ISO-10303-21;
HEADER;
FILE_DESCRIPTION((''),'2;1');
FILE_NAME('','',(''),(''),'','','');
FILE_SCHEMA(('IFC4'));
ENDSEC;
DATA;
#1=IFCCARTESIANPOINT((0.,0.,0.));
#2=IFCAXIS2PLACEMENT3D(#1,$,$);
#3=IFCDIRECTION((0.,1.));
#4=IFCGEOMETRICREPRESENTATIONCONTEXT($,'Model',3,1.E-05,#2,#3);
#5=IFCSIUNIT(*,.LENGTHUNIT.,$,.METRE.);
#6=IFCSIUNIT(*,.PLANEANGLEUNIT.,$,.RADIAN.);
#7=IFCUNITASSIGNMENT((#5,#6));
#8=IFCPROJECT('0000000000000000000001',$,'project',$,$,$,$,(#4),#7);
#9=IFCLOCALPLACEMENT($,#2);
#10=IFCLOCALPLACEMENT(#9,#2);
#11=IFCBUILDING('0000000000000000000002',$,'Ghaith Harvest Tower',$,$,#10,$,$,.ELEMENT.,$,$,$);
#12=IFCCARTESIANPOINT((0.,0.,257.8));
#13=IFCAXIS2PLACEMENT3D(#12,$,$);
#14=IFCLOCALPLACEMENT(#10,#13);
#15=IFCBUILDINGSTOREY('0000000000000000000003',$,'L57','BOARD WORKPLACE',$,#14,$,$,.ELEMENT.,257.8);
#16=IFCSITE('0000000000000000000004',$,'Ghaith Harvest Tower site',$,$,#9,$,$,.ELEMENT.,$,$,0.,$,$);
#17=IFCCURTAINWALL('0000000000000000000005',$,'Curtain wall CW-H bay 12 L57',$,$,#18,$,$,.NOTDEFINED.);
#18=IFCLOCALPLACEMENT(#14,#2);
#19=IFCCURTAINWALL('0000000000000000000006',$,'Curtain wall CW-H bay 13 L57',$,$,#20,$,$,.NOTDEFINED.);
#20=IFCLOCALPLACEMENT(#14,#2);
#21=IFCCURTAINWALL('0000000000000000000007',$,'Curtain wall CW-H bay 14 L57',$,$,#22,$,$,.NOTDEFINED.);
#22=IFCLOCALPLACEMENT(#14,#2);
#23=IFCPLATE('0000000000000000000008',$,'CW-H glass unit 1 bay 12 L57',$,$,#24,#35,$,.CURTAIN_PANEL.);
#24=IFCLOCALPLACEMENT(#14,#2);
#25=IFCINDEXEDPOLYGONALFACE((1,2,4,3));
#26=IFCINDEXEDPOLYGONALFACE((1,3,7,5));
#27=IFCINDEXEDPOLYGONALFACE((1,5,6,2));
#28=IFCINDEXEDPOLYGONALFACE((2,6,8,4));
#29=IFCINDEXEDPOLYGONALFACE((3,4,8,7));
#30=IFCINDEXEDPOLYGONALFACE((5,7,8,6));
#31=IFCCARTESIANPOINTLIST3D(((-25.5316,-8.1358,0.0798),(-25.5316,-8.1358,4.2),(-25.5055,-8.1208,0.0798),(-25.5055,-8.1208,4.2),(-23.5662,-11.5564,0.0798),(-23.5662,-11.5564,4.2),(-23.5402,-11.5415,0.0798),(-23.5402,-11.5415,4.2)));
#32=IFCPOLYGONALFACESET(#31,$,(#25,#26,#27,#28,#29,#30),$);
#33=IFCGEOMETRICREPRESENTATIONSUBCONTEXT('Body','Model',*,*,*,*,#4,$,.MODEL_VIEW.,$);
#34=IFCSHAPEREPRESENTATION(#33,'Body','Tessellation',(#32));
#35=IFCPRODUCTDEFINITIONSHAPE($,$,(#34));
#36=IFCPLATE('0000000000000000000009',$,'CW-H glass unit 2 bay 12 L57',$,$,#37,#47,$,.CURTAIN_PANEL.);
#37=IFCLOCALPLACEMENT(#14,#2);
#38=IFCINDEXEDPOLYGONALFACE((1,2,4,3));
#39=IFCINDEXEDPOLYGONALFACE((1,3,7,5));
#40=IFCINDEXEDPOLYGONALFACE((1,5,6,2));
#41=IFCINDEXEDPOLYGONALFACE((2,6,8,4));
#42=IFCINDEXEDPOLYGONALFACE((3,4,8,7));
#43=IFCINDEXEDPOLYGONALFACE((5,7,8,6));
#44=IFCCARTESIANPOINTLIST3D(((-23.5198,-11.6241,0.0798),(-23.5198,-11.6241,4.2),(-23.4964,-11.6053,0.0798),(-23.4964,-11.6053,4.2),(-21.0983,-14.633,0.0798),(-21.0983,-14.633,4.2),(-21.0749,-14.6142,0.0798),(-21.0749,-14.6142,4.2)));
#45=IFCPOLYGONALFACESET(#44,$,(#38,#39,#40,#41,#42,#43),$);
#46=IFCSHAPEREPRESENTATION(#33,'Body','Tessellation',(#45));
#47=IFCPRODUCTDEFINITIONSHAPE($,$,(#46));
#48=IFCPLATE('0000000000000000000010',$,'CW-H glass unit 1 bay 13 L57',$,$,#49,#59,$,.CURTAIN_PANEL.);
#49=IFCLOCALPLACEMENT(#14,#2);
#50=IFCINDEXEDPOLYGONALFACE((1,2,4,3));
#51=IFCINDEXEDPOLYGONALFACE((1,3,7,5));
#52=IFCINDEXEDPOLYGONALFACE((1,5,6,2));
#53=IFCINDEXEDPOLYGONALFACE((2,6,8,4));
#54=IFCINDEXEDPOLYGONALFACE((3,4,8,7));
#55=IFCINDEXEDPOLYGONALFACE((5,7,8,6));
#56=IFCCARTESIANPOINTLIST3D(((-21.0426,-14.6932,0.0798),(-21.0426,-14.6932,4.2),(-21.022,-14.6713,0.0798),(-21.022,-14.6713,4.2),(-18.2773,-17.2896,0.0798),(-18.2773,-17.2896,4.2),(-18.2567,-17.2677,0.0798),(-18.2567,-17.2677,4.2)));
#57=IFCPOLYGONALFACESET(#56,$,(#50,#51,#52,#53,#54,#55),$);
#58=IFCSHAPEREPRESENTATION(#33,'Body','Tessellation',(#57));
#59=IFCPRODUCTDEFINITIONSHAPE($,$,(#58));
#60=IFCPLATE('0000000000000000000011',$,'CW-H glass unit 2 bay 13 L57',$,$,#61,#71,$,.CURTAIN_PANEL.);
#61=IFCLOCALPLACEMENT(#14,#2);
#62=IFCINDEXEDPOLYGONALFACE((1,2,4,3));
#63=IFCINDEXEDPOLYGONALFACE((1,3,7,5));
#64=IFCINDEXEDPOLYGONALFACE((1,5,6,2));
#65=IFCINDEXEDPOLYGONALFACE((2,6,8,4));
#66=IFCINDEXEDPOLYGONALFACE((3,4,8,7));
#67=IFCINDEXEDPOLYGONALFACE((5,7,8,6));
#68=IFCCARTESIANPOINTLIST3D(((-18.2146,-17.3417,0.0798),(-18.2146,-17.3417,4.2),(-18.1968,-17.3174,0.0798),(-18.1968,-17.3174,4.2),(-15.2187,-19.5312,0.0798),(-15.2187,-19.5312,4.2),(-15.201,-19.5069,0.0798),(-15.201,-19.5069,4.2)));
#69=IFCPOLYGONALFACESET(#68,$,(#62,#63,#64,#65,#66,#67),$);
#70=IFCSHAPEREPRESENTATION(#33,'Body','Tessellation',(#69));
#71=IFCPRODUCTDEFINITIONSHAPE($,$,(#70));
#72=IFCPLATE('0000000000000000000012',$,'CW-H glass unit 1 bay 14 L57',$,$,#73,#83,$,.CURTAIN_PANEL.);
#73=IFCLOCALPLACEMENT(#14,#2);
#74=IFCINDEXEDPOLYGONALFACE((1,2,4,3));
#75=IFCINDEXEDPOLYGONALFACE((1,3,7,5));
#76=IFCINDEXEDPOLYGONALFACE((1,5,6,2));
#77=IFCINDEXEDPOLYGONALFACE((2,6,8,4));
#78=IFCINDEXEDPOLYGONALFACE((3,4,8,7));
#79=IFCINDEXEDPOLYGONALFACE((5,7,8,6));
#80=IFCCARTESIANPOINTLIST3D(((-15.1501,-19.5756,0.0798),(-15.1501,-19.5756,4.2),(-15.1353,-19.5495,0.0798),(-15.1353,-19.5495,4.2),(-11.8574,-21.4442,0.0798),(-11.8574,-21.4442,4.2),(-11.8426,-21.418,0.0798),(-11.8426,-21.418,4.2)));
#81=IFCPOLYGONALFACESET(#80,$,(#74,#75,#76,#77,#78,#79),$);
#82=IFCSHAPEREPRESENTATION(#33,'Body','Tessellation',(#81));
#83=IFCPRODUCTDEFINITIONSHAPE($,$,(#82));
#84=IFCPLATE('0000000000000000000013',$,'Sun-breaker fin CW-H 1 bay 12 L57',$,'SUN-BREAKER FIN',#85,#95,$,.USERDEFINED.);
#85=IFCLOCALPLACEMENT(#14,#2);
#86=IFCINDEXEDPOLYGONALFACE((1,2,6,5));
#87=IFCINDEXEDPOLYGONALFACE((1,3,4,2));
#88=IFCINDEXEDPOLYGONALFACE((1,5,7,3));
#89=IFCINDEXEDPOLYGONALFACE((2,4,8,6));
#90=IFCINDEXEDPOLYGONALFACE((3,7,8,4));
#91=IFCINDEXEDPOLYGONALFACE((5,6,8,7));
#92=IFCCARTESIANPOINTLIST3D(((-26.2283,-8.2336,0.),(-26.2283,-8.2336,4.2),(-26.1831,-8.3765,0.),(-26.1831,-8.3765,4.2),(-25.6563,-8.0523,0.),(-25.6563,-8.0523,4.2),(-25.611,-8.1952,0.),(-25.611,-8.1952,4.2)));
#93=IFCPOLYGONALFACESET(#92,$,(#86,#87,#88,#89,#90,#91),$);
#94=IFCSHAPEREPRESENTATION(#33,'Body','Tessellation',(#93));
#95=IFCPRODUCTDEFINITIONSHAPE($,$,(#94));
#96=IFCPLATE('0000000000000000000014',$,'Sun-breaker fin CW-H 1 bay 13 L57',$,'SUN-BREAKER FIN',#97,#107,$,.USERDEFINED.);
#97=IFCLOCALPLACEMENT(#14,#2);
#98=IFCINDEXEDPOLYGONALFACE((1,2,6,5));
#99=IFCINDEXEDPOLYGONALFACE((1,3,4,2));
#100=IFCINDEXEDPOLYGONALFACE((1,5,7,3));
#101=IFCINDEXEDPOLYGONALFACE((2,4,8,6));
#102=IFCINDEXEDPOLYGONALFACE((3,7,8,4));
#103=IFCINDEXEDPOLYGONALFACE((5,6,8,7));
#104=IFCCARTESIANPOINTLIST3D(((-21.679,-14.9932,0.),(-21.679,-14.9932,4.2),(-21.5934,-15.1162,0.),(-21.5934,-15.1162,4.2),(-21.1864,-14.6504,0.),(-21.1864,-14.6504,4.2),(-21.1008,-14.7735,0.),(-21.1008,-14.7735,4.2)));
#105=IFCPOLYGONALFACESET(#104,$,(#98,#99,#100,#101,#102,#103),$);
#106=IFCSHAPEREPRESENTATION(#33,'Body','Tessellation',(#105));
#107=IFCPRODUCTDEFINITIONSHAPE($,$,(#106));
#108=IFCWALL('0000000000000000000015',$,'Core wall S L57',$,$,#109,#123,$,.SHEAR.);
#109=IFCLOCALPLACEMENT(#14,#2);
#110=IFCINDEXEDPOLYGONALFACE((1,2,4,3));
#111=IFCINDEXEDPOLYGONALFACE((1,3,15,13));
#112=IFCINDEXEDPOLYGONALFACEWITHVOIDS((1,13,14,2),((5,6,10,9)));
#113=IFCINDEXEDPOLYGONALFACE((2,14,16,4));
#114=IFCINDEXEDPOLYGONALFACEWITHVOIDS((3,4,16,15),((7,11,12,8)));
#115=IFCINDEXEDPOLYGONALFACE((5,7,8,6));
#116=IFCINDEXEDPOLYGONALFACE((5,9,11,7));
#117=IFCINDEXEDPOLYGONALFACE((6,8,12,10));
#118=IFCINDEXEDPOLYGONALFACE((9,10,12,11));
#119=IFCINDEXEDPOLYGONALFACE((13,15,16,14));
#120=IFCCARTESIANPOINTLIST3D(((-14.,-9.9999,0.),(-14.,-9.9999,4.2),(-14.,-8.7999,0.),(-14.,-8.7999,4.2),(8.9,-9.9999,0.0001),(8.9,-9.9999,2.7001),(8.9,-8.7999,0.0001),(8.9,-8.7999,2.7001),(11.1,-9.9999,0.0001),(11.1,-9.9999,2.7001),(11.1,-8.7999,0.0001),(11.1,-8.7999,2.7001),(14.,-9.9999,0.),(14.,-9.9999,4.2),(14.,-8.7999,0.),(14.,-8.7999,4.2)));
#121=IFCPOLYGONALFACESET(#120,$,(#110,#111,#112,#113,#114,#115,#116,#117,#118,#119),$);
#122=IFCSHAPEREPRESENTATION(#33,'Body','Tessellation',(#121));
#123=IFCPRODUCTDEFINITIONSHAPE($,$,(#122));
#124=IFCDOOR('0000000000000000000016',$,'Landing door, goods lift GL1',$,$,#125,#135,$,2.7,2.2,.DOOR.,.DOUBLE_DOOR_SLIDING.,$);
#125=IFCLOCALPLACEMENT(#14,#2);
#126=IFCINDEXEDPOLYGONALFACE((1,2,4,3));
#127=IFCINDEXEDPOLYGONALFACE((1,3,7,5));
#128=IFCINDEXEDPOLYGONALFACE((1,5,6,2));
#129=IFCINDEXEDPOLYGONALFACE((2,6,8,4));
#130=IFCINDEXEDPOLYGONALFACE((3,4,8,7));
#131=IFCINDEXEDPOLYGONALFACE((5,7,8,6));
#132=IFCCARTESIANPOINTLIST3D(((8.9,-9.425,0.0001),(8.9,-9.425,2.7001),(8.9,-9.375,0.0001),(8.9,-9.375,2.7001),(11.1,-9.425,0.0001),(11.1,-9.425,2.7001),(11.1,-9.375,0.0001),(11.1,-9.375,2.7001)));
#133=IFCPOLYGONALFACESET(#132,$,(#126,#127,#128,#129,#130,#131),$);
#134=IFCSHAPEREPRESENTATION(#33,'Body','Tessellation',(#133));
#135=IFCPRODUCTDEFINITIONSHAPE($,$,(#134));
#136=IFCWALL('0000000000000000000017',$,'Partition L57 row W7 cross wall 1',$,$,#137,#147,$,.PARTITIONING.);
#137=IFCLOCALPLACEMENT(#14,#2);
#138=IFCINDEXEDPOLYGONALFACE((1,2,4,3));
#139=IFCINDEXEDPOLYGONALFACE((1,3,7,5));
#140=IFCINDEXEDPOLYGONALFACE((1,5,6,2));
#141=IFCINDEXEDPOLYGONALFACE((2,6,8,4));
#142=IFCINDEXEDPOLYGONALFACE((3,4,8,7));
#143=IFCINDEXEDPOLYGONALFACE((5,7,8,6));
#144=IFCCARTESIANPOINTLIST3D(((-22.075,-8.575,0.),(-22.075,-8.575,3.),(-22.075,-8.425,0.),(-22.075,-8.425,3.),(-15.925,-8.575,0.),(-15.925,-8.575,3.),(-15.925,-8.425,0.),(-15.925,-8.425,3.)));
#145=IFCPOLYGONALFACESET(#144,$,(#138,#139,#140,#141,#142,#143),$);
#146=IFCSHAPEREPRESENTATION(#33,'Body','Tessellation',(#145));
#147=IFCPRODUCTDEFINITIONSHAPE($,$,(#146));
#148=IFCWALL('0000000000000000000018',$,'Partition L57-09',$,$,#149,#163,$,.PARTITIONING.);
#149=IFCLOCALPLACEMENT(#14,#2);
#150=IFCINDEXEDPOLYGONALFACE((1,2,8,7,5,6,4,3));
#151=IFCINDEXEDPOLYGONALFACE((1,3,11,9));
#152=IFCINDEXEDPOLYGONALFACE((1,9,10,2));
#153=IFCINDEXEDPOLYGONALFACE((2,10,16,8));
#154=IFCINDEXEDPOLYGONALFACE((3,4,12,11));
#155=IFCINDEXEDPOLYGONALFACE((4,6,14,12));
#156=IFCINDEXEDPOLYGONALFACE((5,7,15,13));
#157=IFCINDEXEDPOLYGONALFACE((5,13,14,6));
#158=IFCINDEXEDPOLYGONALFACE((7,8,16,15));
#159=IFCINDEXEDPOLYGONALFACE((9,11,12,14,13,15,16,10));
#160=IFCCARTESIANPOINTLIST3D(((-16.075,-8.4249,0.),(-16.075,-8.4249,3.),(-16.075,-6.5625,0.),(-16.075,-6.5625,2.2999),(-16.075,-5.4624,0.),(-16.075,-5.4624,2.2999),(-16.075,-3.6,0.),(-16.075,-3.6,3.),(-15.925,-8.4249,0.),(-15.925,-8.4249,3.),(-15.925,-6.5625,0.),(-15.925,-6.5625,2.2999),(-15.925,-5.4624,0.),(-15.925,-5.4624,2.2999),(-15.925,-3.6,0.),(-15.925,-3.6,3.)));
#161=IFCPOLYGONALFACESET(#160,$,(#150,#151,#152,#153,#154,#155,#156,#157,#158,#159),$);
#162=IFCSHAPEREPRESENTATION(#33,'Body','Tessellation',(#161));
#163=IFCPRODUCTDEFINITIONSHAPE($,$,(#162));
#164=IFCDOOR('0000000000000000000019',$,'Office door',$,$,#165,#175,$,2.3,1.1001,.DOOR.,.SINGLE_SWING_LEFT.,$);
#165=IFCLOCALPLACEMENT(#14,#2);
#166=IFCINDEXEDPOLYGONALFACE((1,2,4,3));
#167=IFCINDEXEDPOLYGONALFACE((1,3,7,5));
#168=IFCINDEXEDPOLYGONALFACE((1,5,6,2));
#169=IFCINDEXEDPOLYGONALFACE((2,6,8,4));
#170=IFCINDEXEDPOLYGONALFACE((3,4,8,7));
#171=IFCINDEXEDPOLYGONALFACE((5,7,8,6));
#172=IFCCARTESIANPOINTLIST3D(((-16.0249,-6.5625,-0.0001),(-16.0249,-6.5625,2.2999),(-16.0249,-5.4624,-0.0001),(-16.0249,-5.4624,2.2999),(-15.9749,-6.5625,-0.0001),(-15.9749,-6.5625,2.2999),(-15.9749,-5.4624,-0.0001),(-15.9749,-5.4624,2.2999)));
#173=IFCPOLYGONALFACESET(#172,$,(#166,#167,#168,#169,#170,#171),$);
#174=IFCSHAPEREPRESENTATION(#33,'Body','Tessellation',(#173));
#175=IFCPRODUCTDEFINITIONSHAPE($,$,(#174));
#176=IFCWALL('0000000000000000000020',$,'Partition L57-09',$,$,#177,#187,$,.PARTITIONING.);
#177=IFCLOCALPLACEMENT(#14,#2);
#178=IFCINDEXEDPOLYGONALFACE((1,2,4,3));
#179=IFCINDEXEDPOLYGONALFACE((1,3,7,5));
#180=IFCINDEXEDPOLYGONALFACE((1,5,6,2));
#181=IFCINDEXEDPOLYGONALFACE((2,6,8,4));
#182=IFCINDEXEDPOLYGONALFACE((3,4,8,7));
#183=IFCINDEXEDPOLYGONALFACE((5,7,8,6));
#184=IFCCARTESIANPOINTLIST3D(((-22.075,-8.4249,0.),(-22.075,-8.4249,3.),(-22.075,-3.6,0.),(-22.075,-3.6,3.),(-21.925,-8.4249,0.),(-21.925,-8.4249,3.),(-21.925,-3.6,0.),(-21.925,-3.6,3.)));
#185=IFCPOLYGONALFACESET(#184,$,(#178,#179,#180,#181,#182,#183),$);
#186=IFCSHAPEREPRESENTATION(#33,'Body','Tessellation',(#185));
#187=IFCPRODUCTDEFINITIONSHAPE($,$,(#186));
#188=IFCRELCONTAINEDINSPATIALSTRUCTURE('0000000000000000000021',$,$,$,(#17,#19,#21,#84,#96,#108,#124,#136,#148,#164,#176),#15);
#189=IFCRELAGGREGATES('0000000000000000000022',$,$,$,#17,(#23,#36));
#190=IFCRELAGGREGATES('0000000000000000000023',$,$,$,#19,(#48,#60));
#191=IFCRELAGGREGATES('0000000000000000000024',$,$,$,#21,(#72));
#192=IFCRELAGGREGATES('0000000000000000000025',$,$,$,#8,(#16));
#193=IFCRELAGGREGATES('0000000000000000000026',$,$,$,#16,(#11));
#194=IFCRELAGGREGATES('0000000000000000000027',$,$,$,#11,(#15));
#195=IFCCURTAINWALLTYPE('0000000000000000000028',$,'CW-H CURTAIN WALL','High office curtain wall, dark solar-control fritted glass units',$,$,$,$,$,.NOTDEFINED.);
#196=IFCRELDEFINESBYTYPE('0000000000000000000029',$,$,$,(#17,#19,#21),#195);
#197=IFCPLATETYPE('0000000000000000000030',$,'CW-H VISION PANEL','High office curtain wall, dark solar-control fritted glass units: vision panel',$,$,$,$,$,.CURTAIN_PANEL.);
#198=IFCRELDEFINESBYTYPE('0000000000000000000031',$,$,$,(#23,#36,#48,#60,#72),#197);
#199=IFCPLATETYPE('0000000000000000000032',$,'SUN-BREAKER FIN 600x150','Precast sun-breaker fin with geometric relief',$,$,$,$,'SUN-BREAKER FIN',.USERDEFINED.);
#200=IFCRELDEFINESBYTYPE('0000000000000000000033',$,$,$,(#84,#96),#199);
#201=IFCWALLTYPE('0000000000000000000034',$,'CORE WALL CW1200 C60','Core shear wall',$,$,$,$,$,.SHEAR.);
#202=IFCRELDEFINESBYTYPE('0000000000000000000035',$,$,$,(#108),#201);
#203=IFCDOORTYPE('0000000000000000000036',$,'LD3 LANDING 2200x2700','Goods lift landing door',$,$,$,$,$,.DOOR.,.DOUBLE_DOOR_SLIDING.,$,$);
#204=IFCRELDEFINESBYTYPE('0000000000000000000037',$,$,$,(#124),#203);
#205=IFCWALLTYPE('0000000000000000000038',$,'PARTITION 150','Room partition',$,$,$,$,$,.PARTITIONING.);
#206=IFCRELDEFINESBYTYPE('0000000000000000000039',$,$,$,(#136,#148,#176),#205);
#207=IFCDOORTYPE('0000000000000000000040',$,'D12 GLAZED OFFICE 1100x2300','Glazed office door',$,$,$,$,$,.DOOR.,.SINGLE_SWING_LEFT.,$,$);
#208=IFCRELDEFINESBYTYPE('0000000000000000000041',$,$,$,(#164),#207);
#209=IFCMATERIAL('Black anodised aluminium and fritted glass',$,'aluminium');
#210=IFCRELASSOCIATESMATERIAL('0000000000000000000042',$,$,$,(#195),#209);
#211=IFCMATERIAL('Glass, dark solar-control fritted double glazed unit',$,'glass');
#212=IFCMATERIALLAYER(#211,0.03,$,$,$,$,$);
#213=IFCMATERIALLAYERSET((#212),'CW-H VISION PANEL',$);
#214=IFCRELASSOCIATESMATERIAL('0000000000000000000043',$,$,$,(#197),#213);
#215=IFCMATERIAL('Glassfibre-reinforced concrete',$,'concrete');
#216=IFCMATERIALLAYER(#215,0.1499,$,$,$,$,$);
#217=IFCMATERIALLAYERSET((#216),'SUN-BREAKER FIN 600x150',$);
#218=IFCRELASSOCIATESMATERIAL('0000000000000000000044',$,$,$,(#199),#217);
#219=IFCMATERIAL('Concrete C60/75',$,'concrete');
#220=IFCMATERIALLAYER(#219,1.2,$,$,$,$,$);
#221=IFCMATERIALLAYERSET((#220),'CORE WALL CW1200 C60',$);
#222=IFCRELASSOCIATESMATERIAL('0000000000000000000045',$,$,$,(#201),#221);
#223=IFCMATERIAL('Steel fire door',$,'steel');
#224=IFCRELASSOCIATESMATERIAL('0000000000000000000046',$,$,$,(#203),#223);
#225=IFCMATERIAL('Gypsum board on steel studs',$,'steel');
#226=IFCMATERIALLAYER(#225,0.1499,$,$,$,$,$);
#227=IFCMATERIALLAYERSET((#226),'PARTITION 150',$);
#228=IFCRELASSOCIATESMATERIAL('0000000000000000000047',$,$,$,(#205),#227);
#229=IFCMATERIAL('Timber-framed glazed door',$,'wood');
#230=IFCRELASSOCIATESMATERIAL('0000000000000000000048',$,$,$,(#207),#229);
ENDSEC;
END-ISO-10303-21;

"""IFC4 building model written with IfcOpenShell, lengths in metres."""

from ifc_helpers import new_model, si_unit, direction, frame, frame_2d, origin, origin_2d, place, context, subcontext, project, spatial, rectangle, extrude, material, layer, layer_set, type_object, element, fill, aggregate, save


model = new_model("IFC4")

# Units and contexts
model_context = context("Model", 3, precision=1e-05, world=origin(), true_north=direction((0.0, 1.0)))
body_context = subcontext(model_context, "Body", "Model", "MODEL_VIEW")
ifc_project = project(units=[si_unit("LENGTHUNIT", "METRE"), si_unit("PLANEANGLEUNIT", "RADIAN")], contexts=[model_context])

# Site, building, storey
site_placement = place(None, origin())
site = spatial("IfcSite", under=ifc_project, at=site_placement, Name="Ghaith Harvest Tower site", CompositionType="ELEMENT", RefElevation=0.0)
building_placement = place(site_placement, origin())
building = spatial("IfcBuilding", under=site, at=building_placement, Name="Ghaith Harvest Tower", CompositionType="ELEMENT")
storey_placement = place(building_placement, frame((0.0, 0.0, 257.8)))
storey = spatial("IfcBuildingStorey", under=building, at=storey_placement, Name="L57", Description="BOARD WORKPLACE", CompositionType="ELEMENT", Elevation=257.8)

# Curtain wall
ifc_material_1 = material(Name="Black anodised aluminium and fritted glass", Category="aluminium")
curtain_wall_type = type_object("IfcCurtainWallType", Name="CW-H CURTAIN WALL", Description="High office curtain wall, dark solar-control fritted glass units", PredefinedType="NOTDEFINED", material=ifc_material_1)
curtain_wall_1_placement = place(storey_placement, origin())
curtain_wall_1 = element("IfcCurtainWall", 1, at=curtain_wall_1_placement, inside=storey, type_object=curtain_wall_type, Name="Curtain wall CW-H bay 12 L57", PredefinedType="NOTDEFINED")

# Curtain wall
curtain_wall_2_placement = place(storey_placement, origin())
curtain_wall_2 = element("IfcCurtainWall", 2, at=curtain_wall_2_placement, inside=storey, type_object=curtain_wall_type, Name="Curtain wall CW-H bay 13 L57", PredefinedType="NOTDEFINED")

# Curtain wall
curtain_wall_3_placement = place(storey_placement, origin())
curtain_wall_3 = element("IfcCurtainWall", 3, at=curtain_wall_3_placement, inside=storey, type_object=curtain_wall_type, Name="Curtain wall CW-H bay 14 L57", PredefinedType="NOTDEFINED")

# Plates
ifc_material_2 = material(Name="Glass, dark solar-control fritted double glazed unit", Category="glass")
ifc_layer_1 = layer(ifc_material_2, 0.03)
ifc_layer_set_1 = layer_set([ifc_layer_1], Name="CW-H VISION PANEL")
plate_type_1 = type_object("IfcPlateType", Name="CW-H VISION PANEL", Description="High office curtain wall, dark solar-control fritted glass units: vision panel", PredefinedType="CURTAIN_PANEL", material=ifc_layer_set_1)
plate_1_placement = place(storey_placement, frame((-24.5359, -9.8386, 0.0798), z_axis=(0.0, 0.0, 1.0), x_axis=(0.49818, -0.867074, 0.0)))
plate_1 = element("IfcPlate", 4, at=plate_1_placement, type_object=plate_type_1, Name="CW-H glass unit 1 bay 12 L57", PredefinedType="CURTAIN_PANEL", context=body_context, shape_type="SweptSolid", body=[
    extrude(rectangle(XDim=3.9451, YDim=0.03, at=origin_2d()), origin(), (0.0, 0.0, 1.0), 4.1201),
])
plate_2_placement = place(storey_placement, frame((-22.2974, -13.1191, 0.0798), z_axis=(0.0, 0.0, 1.0), x_axis=(0.626957, -0.779054, 0.0)))
plate_2 = element("IfcPlate", 5, at=plate_2_placement, type_object=plate_type_1, Name="CW-H glass unit 2 bay 12 L57", PredefinedType="CURTAIN_PANEL", context=body_context, shape_type="SweptSolid", body=[
    extrude(rectangle(XDim=3.8623, YDim=0.03, at=origin_2d()), origin(), (0.0, 0.0, 1.0), 4.1201),
])
aggregate(curtain_wall_1, [plate_1, plate_2])
plate_3_placement = place(storey_placement, frame((-19.6497, -15.9805, 0.0798), z_axis=(0.0, 0.0, 1.0), x_axis=(0.729017, -0.684496, 0.0)))
plate_3 = element("IfcPlate", 6, at=plate_3_placement, type_object=plate_type_1, Name="CW-H glass unit 1 bay 13 L57", PredefinedType="CURTAIN_PANEL", context=body_context, shape_type="SweptSolid", body=[
    extrude(rectangle(XDim=3.7932, YDim=0.03, at=origin_2d()), origin(), (0.0, 0.0, 1.0), 4.1201),
])
plate_4_placement = place(storey_placement, frame((-16.7078, -18.4243, 0.0798), z_axis=(0.0, 0.0, 1.0), x_axis=(0.807364, -0.590054, 0.0)))
plate_4 = element("IfcPlate", 7, at=plate_4_placement, type_object=plate_type_1, Name="CW-H glass unit 2 bay 13 L57", PredefinedType="CURTAIN_PANEL", context=body_context, shape_type="SweptSolid", body=[
    extrude(rectangle(XDim=3.7107, YDim=0.03, at=origin_2d()), origin(), (0.0, 0.0, 1.0), 4.1201),
])
aggregate(curtain_wall_2, [plate_3, plate_4])
plate_5_placement = place(storey_placement, frame((-13.4963, -20.4968, 0.0798), z_axis=(0.0, 0.0, 1.0), x_axis=(0.869715, -0.493554, 0.0)))
plate_5 = element("IfcPlate", 8, at=plate_5_placement, type_object=plate_type_1, Name="CW-H glass unit 1 bay 14 L57", PredefinedType="CURTAIN_PANEL", context=body_context, shape_type="SweptSolid", body=[
    extrude(rectangle(XDim=3.7859, YDim=0.03, at=origin_2d()), origin(), (0.0, 0.0, 1.0), 4.1201),
])
aggregate(curtain_wall_3, [plate_5])

# Plates
ifc_material_3 = material(Name="Glassfibre-reinforced concrete", Category="concrete")
ifc_layer_2 = layer(ifc_material_3, 0.1499)
ifc_layer_set_2 = layer_set([ifc_layer_2], Name="SUN-BREAKER FIN 600x150")
plate_type_2 = type_object("IfcPlateType", Name="SUN-BREAKER FIN 600x150", Description="Precast sun-breaker fin with geometric relief", ElementType="SUN-BREAKER FIN", PredefinedType="USERDEFINED", material=ifc_layer_set_2)
for number, where, z_axis, x_axis, name in (
    (9, (-25.9197, -8.2144, 0.0), (0.0, 0.0, 1.0), (-0.953273, -0.30211, 0.0), "Sun-breaker fin CW-H 1 bay 12 L57"),
    (10, (-21.3899, -14.8833, 0.0), (0.0, 0.0, 1.0), (-0.820845, -0.57115, 0.0), "Sun-breaker fin CW-H 1 bay 13 L57"),
):
    element("IfcPlate", number, at=place(storey_placement, frame(where, z_axis=z_axis, x_axis=x_axis)), inside=storey, type_object=plate_type_2, Name=name, ObjectType="SUN-BREAKER FIN", PredefinedType="USERDEFINED", context=body_context, shape_type="SweptSolid", body=[
        extrude(rectangle(XDim=0.6001, YDim=0.1499, at=origin_2d()), origin(), (0.0, 0.0, 1.0), 4.2),
    ])

# Wall, opening, door
ifc_material_4 = material(Name="Concrete C60/75", Category="concrete")
ifc_layer_3 = layer(ifc_material_4, 1.2)
ifc_layer_set_3 = layer_set([ifc_layer_3], Name="CORE WALL CW1200 C60")
wall_type_1 = type_object("IfcWallType", Name="CORE WALL CW1200 C60", Description="Core shear wall", PredefinedType="SHEAR", material=ifc_layer_set_3)
wall_1_placement = place(storey_placement, frame((-14.0, -9.3999, 0.0), z_axis=(0.0, 0.0, 1.0), x_axis=(1.0, 0.0, 0.0)))
wall_1 = element("IfcWall", 11, at=wall_1_placement, inside=storey, type_object=wall_type_1, Name="Core wall S L57", PredefinedType="SHEAR", context=body_context, shape_type="SweptSolid", body=[
    extrude(rectangle(XDim=28.0, YDim=1.2, at=frame_2d((14.0, 0.0))), origin(), (0.0, 0.0, 1.0), 4.2),
])
opening_1_placement = place(wall_1_placement, frame((22.8999, 0.0, 0.0)))
opening_1 = element("IfcOpeningElement", 12, at=opening_1_placement, cuts=wall_1, PredefinedType="OPENING", context=body_context, shape_type="SweptSolid", body=[
    extrude(rectangle(XDim=2.2, YDim=2.7, at=frame_2d((1.1001, 1.3501))), frame((0.0, 0.6099, 0.0), z_axis=(0.0, -1.0, 0.0), x_axis=(1.0, 0.0, 0.0)), (0.0, 0.0, 1.0), 1.22),
])
ifc_material_5 = material(Name="Steel fire door", Category="steel")
door_type_1 = type_object("IfcDoorType", Name="LD3 LANDING 2200x2700", Description="Goods lift landing door", OperationType="DOUBLE_DOOR_SLIDING", PredefinedType="DOOR", material=ifc_material_5)
door_1_placement = place(opening_1_placement, origin())
door_1 = element("IfcDoor", 13, at=door_1_placement, inside=storey, type_object=door_type_1, Name="Landing door, goods lift GL1", OperationType="DOUBLE_DOOR_SLIDING", OverallHeight=2.7, OverallWidth=2.2, PredefinedType="DOOR", context=body_context, shape_type="SweptSolid", body=[
    extrude(rectangle(XDim=2.2, YDim=2.7, at=frame_2d((1.1001, 1.3501))), frame((0.0, 0.0249, 0.0), z_axis=(0.0, -1.0, 0.0), x_axis=(1.0, 0.0, 0.0)), (0.0, 0.0, 1.0), 0.05),
])
fill(opening_1, door_1)

# Wall
ifc_material_6 = material(Name="Gypsum board on steel studs", Category="steel")
ifc_layer_4 = layer(ifc_material_6, 0.1499)
ifc_layer_set_4 = layer_set([ifc_layer_4], Name="PARTITION 150")
wall_type_2 = type_object("IfcWallType", Name="PARTITION 150", Description="Room partition", PredefinedType="PARTITIONING", material=ifc_layer_set_4)
wall_2_placement = place(storey_placement, frame((-15.925, -8.5, 0.0), z_axis=(0.0, 0.0, 1.0), x_axis=(-1.0, 0.0, 0.0)))
element("IfcWall", 14, at=wall_2_placement, inside=storey, type_object=wall_type_2, Name="Partition L57 row W7 cross wall 1", PredefinedType="PARTITIONING", context=body_context, shape_type="SweptSolid", body=[
    extrude(rectangle(XDim=6.1499, YDim=0.1499, at=frame_2d((3.075, 0.0))), origin(), (0.0, 0.0, 1.0), 3.0),
])

# Wall, opening, door
wall_3_placement = place(storey_placement, frame((-16.0, -8.425, 0.0), z_axis=(0.0, 0.0, 1.0), x_axis=(0.0, 1.0, 0.0)))
wall_3 = element("IfcWall", 15, at=wall_3_placement, inside=storey, type_object=wall_type_2, Name="Partition L57-09", PredefinedType="PARTITIONING", context=body_context, shape_type="SweptSolid", body=[
    extrude(rectangle(XDim=4.825, YDim=0.1499, at=frame_2d((2.4126, 0.0))), origin(), (0.0, 0.0, 1.0), 3.0),
])
opening_2_placement = place(wall_3_placement, frame((1.8625, 0.0, 0.0)))
opening_2 = element("IfcOpeningElement", 16, at=opening_2_placement, cuts=wall_3, PredefinedType="OPENING", context=body_context, shape_type="SweptSolid", body=[
    extrude(rectangle(XDim=1.1001, YDim=2.3, at=frame_2d((0.55, 1.1499))), frame((0.0, 0.085, 0.0), z_axis=(0.0, -1.0, 0.0), x_axis=(1.0, 0.0, 0.0)), (0.0, 0.0, 1.0), 0.1699),
])
ifc_material_7 = material(Name="Timber-framed glazed door", Category="wood")
door_type_2 = type_object("IfcDoorType", Name="D12 GLAZED OFFICE 1100x2300", Description="Glazed office door", OperationType="SINGLE_SWING_LEFT", PredefinedType="DOOR", material=ifc_material_7)
door_2_placement = place(opening_2_placement, origin())
door_2 = element("IfcDoor", 17, at=door_2_placement, inside=storey, type_object=door_type_2, Name="Office door", OperationType="SINGLE_SWING_LEFT", OverallHeight=2.3, OverallWidth=1.1001, PredefinedType="DOOR", context=body_context, shape_type="SweptSolid", body=[
    extrude(rectangle(XDim=1.1001, YDim=2.3, at=frame_2d((0.55, 1.1499))), frame((0.0, 0.0249, 0.0), z_axis=(0.0, -1.0, 0.0), x_axis=(1.0, 0.0, 0.0)), (0.0, 0.0, 1.0), 0.05),
])
fill(opening_2, door_2)

# Wall
wall_4_placement = place(storey_placement, frame((-22.0, -8.425, 0.0), z_axis=(0.0, 0.0, 1.0), x_axis=(0.0, 1.0, 0.0)))
element("IfcWall", 18, at=wall_4_placement, inside=storey, type_object=wall_type_2, Name="Partition L57-09", PredefinedType="PARTITIONING", context=body_context, shape_type="SweptSolid", body=[
    extrude(rectangle(XDim=4.825, YDim=0.1499, at=frame_2d((2.4126, 0.0))), origin(), (0.0, 0.0, 1.0), 3.0),
])

save(model, "model.ifc")
